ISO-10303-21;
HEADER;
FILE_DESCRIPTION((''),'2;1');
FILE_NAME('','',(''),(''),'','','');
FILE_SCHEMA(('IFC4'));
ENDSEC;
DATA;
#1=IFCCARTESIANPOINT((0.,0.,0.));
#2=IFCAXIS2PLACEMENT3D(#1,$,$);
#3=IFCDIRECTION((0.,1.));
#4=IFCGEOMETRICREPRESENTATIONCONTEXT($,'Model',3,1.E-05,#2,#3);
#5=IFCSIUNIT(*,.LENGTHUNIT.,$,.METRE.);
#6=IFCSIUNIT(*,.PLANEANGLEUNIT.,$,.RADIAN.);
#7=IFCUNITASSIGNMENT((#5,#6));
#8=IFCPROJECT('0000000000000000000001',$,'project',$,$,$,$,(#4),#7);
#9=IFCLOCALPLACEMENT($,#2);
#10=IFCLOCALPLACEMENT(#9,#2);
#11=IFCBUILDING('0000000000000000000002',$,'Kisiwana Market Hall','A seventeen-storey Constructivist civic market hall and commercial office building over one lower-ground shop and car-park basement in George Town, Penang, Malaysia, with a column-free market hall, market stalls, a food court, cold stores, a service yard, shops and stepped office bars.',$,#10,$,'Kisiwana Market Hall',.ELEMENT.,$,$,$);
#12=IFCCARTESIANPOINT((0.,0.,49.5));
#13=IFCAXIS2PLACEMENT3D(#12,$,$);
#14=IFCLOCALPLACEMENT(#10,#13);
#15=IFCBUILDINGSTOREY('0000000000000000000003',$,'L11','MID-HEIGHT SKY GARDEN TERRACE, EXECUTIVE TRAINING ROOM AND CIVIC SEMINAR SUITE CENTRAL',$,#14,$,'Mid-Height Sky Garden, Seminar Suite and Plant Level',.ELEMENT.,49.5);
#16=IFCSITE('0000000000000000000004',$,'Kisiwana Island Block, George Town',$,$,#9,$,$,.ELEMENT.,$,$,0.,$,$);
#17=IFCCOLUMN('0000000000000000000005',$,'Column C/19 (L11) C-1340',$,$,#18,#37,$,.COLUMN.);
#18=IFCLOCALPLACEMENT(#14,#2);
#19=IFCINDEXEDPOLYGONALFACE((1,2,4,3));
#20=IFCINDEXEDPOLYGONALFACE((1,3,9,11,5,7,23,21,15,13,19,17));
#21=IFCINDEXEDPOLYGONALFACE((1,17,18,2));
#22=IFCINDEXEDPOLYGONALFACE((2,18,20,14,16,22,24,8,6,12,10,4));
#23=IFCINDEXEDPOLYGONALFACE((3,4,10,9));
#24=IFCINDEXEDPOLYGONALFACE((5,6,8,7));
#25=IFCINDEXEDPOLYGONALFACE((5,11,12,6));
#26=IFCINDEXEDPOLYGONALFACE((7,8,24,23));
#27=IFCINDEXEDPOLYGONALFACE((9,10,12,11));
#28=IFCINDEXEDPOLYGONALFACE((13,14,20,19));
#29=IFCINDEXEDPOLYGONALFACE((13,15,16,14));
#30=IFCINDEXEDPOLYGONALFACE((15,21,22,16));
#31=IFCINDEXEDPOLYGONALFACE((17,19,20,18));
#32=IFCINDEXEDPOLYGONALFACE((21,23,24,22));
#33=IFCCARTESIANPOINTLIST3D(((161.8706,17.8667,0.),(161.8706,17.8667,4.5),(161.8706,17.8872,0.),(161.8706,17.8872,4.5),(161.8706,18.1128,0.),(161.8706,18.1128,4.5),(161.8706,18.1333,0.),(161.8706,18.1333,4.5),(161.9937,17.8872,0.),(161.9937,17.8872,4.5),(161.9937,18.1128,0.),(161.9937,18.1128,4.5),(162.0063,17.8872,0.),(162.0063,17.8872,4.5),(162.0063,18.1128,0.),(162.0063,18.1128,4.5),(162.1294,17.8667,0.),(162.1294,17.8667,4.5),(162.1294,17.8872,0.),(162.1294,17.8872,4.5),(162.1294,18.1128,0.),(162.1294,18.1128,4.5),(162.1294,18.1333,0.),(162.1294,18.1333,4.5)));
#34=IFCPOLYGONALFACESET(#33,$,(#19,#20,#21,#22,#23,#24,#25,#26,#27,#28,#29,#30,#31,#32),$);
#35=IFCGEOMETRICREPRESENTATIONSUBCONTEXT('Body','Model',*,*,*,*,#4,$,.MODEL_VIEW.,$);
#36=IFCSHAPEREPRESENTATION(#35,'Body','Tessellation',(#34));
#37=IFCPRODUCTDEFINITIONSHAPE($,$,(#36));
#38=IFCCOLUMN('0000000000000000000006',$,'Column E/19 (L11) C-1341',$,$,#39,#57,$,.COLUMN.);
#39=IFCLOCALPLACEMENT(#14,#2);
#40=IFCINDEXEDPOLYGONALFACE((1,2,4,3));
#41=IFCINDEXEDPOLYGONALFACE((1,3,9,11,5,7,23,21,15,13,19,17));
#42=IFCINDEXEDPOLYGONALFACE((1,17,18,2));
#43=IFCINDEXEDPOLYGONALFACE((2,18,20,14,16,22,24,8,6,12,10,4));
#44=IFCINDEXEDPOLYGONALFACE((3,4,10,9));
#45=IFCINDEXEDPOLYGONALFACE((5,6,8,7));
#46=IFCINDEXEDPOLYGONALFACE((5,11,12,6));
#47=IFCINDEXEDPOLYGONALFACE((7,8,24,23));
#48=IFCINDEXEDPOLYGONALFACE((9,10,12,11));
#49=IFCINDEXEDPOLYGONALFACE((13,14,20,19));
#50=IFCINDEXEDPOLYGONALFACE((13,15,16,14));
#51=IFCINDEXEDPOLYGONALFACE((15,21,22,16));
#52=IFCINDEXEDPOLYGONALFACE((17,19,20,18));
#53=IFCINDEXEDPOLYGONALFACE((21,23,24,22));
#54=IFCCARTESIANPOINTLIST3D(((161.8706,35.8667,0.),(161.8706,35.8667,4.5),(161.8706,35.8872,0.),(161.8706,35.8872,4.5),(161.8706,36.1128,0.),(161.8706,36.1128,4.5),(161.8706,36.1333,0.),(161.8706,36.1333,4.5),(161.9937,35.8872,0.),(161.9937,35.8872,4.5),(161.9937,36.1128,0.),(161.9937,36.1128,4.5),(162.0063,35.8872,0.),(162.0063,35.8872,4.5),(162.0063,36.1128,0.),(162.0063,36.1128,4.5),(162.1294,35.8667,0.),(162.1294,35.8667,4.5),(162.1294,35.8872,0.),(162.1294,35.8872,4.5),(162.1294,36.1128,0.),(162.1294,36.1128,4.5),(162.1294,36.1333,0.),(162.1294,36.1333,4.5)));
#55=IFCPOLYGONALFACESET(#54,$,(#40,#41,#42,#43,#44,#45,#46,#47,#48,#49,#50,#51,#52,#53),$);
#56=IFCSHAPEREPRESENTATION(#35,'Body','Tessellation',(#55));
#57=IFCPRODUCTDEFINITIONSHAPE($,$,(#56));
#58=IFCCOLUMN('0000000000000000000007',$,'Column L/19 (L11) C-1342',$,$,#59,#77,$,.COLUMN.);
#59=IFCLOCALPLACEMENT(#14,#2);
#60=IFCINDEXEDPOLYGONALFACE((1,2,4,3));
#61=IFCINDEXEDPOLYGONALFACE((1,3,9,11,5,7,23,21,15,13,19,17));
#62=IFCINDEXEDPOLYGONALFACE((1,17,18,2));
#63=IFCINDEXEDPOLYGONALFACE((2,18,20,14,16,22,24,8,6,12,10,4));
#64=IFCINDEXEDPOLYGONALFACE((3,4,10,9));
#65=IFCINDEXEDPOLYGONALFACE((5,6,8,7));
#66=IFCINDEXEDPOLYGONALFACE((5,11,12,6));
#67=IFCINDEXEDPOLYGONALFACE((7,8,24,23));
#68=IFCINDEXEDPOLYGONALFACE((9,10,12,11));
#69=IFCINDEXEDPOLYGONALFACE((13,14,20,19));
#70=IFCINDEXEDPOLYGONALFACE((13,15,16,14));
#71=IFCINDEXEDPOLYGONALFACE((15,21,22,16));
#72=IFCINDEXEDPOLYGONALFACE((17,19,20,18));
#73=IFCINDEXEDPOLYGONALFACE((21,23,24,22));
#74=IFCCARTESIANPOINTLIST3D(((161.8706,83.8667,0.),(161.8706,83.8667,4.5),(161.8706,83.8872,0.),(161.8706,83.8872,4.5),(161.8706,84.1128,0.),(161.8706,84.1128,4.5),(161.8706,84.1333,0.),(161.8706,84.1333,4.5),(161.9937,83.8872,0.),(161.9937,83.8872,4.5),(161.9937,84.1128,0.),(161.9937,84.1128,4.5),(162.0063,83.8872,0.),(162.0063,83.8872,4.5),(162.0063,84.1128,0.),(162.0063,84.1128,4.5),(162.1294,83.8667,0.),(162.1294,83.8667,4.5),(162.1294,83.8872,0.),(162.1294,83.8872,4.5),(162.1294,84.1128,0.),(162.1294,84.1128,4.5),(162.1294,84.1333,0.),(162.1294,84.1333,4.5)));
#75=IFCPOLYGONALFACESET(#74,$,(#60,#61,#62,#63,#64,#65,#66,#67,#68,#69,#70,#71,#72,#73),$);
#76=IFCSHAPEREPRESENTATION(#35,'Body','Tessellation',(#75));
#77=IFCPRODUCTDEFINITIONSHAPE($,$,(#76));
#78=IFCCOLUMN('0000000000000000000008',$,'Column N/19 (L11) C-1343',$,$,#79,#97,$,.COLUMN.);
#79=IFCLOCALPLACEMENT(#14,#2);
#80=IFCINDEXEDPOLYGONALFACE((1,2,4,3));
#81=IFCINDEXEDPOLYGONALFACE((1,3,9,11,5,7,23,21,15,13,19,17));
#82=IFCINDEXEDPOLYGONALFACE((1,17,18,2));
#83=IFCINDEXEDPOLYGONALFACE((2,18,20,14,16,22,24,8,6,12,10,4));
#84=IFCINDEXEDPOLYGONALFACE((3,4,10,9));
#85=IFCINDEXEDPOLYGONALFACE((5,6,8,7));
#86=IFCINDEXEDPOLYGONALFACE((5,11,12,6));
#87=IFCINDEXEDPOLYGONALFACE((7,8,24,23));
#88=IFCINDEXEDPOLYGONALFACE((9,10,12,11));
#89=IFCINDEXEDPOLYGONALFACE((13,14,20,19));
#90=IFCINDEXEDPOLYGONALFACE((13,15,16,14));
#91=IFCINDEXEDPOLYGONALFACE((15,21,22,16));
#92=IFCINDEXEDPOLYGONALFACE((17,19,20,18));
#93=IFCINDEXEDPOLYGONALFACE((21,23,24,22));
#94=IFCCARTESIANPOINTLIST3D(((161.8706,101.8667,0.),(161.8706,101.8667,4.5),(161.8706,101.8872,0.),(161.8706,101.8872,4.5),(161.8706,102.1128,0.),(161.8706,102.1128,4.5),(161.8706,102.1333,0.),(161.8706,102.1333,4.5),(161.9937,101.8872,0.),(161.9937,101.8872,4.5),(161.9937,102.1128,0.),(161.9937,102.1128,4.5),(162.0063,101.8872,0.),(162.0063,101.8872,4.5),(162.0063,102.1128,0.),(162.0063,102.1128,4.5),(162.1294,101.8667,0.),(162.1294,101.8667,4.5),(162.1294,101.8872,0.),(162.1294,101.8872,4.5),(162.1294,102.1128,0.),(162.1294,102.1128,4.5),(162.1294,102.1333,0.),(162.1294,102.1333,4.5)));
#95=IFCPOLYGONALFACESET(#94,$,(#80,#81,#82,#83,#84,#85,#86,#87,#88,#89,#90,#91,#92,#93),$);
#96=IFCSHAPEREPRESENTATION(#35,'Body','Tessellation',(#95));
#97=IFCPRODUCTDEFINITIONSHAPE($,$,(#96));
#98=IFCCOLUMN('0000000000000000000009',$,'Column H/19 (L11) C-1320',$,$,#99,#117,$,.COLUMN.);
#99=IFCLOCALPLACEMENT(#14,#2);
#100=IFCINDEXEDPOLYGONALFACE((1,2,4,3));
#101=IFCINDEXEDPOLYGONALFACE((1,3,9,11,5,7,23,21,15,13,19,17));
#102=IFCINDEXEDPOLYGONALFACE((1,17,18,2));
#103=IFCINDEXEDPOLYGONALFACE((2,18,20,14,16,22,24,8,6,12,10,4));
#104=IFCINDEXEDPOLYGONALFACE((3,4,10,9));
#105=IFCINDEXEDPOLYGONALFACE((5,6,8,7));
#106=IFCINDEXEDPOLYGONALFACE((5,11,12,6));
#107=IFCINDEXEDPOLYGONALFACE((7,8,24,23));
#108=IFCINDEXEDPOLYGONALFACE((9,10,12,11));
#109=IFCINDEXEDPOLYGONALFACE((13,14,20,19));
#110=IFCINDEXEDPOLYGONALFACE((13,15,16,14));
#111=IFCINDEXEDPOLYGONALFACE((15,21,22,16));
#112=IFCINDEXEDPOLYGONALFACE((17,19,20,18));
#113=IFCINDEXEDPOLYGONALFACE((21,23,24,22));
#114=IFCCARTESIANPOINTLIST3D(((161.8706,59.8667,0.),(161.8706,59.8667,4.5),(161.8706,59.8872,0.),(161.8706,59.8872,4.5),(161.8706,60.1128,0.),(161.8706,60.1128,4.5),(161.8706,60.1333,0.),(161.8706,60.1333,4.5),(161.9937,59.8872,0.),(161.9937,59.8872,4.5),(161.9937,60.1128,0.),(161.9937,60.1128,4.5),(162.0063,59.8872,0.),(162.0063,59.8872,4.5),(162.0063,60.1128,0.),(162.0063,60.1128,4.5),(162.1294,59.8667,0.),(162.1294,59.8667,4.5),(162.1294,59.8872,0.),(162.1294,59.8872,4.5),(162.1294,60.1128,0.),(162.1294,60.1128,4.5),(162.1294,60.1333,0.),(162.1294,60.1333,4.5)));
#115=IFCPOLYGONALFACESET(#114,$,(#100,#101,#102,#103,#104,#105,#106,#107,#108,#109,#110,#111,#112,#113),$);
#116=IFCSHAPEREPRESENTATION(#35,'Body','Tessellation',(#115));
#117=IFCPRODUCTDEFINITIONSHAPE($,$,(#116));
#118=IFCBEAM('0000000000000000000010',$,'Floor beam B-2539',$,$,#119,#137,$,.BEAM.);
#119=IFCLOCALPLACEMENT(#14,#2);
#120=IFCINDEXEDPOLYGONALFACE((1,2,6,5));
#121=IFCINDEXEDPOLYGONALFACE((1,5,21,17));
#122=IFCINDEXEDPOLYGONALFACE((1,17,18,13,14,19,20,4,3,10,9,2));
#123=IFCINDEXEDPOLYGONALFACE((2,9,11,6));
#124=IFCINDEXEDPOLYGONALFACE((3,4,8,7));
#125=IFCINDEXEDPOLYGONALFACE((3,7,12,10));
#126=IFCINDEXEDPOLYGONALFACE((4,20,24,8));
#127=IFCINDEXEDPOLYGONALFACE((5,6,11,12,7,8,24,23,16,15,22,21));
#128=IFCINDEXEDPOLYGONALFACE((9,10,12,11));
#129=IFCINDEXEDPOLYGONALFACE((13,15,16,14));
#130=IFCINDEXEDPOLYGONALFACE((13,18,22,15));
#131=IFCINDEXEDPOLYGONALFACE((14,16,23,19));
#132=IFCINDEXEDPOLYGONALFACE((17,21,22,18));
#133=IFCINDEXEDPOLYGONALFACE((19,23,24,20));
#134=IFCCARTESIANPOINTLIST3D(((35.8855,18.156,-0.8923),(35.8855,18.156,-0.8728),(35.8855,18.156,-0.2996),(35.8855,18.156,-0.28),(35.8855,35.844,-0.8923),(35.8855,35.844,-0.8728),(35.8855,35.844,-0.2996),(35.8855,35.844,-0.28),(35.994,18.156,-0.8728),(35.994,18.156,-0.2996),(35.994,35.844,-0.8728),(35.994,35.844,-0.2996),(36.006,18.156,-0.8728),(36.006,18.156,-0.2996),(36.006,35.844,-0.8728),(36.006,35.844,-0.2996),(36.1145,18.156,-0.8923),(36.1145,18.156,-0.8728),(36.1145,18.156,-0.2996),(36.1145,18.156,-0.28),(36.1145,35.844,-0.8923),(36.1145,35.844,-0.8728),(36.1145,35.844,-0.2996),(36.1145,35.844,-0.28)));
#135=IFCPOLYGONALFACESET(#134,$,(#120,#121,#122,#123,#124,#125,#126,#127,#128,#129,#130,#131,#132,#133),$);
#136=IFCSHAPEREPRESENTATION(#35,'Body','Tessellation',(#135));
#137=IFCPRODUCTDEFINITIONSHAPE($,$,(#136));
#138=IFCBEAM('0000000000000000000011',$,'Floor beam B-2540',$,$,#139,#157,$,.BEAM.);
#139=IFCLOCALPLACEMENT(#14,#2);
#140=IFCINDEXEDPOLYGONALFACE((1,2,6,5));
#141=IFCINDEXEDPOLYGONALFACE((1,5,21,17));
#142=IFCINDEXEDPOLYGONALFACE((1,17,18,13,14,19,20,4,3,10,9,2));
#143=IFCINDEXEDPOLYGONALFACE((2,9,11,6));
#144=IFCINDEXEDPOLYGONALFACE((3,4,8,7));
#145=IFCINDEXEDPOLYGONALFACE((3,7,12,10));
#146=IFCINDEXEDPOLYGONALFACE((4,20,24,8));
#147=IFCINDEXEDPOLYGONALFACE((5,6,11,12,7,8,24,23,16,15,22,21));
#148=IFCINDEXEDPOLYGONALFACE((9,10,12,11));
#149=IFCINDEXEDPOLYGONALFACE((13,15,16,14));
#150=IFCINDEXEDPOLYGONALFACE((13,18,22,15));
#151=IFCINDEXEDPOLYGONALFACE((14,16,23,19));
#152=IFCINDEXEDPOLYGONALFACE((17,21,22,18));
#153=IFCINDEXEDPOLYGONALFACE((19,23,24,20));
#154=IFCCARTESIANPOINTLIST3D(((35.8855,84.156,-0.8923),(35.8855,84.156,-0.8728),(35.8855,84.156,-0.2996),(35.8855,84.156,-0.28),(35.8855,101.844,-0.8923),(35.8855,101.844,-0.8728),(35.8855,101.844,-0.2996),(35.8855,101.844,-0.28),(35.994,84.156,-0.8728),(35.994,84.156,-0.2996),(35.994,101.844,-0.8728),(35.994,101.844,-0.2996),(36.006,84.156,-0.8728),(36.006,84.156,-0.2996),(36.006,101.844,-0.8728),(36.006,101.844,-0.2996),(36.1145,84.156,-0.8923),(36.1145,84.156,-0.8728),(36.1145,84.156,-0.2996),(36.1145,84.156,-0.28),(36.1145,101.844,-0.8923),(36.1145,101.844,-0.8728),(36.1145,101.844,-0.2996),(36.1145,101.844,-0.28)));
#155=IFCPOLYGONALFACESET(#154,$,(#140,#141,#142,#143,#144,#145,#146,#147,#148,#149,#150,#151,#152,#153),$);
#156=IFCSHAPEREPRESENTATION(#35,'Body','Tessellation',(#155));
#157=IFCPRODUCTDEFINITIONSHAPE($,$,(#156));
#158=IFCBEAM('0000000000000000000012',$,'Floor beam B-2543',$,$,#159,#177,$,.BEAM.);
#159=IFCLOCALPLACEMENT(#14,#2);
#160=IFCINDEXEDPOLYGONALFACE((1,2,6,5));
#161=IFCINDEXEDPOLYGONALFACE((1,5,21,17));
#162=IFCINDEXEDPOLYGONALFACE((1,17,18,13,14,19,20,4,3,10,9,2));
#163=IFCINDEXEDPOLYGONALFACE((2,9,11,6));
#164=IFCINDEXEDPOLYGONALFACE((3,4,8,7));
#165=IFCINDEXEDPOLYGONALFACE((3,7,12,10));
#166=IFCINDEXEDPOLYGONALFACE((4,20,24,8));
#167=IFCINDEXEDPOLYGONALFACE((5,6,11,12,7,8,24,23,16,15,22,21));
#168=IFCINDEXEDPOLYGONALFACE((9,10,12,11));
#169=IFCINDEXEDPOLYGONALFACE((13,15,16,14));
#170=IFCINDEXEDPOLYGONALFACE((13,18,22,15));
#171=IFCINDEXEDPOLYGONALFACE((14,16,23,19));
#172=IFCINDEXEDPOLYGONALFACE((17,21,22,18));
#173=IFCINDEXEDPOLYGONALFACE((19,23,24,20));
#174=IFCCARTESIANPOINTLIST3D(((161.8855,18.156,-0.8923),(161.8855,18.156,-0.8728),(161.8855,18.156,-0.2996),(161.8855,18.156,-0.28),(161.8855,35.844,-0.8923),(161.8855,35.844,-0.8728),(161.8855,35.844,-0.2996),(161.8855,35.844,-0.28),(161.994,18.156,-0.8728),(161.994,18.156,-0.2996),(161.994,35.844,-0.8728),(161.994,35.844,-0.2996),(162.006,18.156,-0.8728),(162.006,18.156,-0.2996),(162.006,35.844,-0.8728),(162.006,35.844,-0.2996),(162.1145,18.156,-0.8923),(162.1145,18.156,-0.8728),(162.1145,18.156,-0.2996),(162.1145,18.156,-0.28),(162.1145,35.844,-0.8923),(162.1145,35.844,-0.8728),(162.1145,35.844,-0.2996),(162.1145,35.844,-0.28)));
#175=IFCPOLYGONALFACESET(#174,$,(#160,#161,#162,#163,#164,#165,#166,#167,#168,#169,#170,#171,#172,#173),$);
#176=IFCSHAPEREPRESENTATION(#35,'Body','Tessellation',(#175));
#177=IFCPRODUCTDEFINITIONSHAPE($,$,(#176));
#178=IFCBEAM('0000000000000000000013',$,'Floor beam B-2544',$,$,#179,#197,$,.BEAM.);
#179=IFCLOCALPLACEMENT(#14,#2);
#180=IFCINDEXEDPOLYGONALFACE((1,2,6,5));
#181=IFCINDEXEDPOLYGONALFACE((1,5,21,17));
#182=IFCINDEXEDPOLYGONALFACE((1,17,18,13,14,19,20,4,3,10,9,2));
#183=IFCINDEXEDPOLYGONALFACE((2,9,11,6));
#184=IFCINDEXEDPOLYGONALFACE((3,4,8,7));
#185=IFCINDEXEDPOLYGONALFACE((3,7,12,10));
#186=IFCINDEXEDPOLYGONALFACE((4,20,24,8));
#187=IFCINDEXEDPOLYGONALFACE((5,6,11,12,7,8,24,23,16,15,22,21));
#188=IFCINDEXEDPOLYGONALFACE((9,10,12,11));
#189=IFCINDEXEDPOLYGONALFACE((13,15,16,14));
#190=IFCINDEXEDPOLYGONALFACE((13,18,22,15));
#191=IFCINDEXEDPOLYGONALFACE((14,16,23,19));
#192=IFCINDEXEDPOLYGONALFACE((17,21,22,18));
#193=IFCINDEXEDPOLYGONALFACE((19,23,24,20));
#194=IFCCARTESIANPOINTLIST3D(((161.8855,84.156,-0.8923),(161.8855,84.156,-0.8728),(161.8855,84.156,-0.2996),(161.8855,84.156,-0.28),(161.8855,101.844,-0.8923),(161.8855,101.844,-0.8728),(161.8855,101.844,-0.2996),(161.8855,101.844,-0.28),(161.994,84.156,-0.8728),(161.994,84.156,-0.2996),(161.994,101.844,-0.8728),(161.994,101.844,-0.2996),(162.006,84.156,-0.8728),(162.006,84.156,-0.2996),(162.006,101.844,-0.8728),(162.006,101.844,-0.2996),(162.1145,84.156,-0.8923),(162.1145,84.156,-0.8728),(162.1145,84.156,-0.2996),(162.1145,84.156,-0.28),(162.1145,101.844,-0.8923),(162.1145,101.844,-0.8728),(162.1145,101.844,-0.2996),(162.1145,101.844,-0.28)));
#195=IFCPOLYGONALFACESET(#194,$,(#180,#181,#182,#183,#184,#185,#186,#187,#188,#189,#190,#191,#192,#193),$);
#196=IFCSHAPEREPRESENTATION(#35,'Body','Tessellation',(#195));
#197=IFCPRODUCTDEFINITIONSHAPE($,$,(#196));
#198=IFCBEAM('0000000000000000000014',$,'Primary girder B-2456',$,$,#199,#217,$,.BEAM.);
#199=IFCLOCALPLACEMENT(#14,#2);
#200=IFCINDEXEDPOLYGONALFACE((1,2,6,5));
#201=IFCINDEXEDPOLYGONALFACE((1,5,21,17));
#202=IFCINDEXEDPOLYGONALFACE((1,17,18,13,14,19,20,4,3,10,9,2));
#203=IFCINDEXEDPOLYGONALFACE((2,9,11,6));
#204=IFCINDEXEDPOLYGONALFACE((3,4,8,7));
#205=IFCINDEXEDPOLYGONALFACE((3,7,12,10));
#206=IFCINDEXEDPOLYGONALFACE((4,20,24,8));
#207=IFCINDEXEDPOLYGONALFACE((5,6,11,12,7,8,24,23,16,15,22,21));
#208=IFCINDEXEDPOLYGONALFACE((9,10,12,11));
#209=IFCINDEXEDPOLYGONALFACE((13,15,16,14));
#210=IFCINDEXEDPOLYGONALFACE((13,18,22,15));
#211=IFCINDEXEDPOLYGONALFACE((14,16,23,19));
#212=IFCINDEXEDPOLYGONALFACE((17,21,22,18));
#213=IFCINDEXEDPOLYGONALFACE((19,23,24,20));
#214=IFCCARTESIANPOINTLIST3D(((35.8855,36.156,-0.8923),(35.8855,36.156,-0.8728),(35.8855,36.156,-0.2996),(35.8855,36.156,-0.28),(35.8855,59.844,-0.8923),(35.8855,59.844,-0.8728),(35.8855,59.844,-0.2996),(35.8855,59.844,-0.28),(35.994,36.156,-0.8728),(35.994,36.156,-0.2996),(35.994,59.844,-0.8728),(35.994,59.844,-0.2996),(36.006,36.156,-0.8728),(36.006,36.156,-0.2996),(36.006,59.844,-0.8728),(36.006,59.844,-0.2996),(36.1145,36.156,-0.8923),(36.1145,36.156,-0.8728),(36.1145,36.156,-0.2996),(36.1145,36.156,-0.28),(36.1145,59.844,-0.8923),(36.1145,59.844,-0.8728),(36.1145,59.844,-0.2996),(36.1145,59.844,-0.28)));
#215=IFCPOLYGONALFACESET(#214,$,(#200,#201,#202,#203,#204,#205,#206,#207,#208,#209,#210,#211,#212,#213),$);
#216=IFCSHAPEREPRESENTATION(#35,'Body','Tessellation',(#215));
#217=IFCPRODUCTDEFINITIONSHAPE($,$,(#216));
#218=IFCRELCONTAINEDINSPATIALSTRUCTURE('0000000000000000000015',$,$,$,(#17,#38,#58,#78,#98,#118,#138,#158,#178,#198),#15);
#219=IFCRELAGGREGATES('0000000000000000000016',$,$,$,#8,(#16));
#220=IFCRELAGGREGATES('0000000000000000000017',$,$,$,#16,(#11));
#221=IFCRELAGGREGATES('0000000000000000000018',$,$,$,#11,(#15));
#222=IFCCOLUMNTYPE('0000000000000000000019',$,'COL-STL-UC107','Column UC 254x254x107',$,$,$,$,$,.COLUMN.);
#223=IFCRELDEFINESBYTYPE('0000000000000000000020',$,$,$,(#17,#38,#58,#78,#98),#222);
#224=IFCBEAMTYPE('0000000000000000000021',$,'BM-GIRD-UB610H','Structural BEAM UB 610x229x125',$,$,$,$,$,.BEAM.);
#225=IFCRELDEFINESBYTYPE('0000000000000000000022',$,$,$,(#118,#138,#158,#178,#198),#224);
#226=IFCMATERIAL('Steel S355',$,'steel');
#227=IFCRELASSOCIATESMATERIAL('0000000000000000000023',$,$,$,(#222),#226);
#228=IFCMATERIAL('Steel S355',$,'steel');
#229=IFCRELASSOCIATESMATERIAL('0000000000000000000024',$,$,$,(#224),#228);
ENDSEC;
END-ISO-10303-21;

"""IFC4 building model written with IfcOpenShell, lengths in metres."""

from ifc_helpers import new_model, si_unit, direction, frame, origin, origin_2d, place, context, subcontext, project, spatial, i_section, extrude, material, material_profile, profile_set, type_object, element, save


model = new_model("IFC4")

# Units and contexts
model_context = context("Model", 3, precision=1e-05, world=origin(), true_north=direction((0.0, 1.0)))
body_context = subcontext(model_context, "Body", "Model", "MODEL_VIEW")
ifc_project = project(units=[si_unit("LENGTHUNIT", "METRE"), si_unit("PLANEANGLEUNIT", "RADIAN")], contexts=[model_context])

# Site, building, storey
site_placement = place(None, origin())
site = spatial("IfcSite", under=ifc_project, at=site_placement, Name="Kisiwana Island Block, George Town", CompositionType="ELEMENT", RefElevation=0.0)
building_placement = place(site_placement, origin())
building = spatial("IfcBuilding", under=site, at=building_placement, Name="Kisiwana Market Hall", Description="A seventeen-storey Constructivist civic market hall and commercial office building over one lower-ground shop and car-park basement in George Town, Penang, Malaysia, with a column-free market hall, market stalls, a food court, cold stores, a service yard, shops and stepped office bars.", LongName="Kisiwana Market Hall", CompositionType="ELEMENT")
storey_placement = place(building_placement, frame((0.0, 0.0, 49.5)))
storey = spatial("IfcBuildingStorey", under=building, at=storey_placement, Name="L11", Description="MID-HEIGHT SKY GARDEN TERRACE, EXECUTIVE TRAINING ROOM AND CIVIC SEMINAR SUITE CENTRAL", LongName="Mid-Height Sky Garden, Seminar Suite and Plant Level", CompositionType="ELEMENT", Elevation=49.5)

# Columns
ifc_material_1 = material(Name="Steel S355", Category="steel")
ifc_material_profile_1 = material_profile(ifc_material_1, i_section(OverallWidth=0.2588, OverallDepth=0.2666, WebThickness=0.0127, FlangeThickness=0.0205, at=origin_2d()), Name="UC 254x254x107")
ifc_profile_set_1 = profile_set([ifc_material_profile_1], Name="Steel S355")
column_type = type_object("IfcColumnType", Name="COL-STL-UC107", Description="Column UC 254x254x107", PredefinedType="COLUMN", material=ifc_profile_set_1)
for number, where, z_axis, x_axis, name in (
    (1, (162.0, 18.0, 0.0), (0.0, 0.0, 1.0), (1.0, 0.0, 0.0), "Column C/19 (L11) C-1340"),
    (2, (162.0, 36.0, 0.0), (0.0, 0.0, 1.0), (1.0, 0.0, 0.0), "Column E/19 (L11) C-1341"),
    (3, (162.0, 84.0, 0.0), (0.0, 0.0, 1.0), (1.0, 0.0, 0.0), "Column L/19 (L11) C-1342"),
    (4, (162.0, 102.0, 0.0), (0.0, 0.0, 1.0), (1.0, 0.0, 0.0), "Column N/19 (L11) C-1343"),
    (5, (162.0, 60.0, 0.0), (0.0, 0.0, 1.0), (1.0, 0.0, 0.0), "Column H/19 (L11) C-1320"),
):
    element("IfcColumn", number, at=place(storey_placement, frame(where, z_axis=z_axis, x_axis=x_axis)), inside=storey, type_object=column_type, Name=name, PredefinedType="COLUMN", context=body_context, shape_type="SweptSolid", body=[
        extrude(i_section(OverallWidth=0.2588, OverallDepth=0.2666, WebThickness=0.0127, FlangeThickness=0.0205, at=origin_2d()), origin(), (0.0, 0.0, 1.0), 4.5),
    ])

# Beams
ifc_material_2 = material(Name="Steel S355", Category="steel")
ifc_material_profile_2 = material_profile(ifc_material_2, i_section(OverallWidth=0.229, OverallDepth=0.6123, WebThickness=0.012, FlangeThickness=0.0195, at=origin_2d()), Name="UB 610x229x125")
ifc_profile_set_2 = profile_set([ifc_material_profile_2], Name="Steel S355")
beam_type_1 = type_object("IfcBeamType", Name="BM-GIRD-UB610H", Description="Structural BEAM UB 610x229x125", PredefinedType="BEAM", material=ifc_profile_set_2)
for number, where, z_axis, x_axis, name in (
    (6, (36.0, 18.156, -0.5862), (0.0, 1.0, 0.0), (-1.0, 0.0, 0.0), "Floor beam B-2539"),
    (7, (36.0, 84.156, -0.5862), (0.0, 1.0, 0.0), (-1.0, 0.0, 0.0), "Floor beam B-2540"),
    (8, (162.0, 18.156, -0.5862), (0.0, 1.0, 0.0), (-1.0, 0.0, 0.0), "Floor beam B-2543"),
    (9, (162.0, 84.156, -0.5862), (0.0, 1.0, 0.0), (-1.0, 0.0, 0.0), "Floor beam B-2544"),
):
    element("IfcBeam", number, at=place(storey_placement, frame(where, z_axis=z_axis, x_axis=x_axis)), inside=storey, type_object=beam_type_1, Name=name, PredefinedType="BEAM", context=body_context, shape_type="SweptSolid", body=[
        extrude(i_section(OverallWidth=0.229, OverallDepth=0.6123, WebThickness=0.012, FlangeThickness=0.0195, at=origin_2d()), origin(), (0.0, 0.0, 1.0), 17.688),
    ])
for number, where, z_axis, x_axis, name in (
    (10, (36.0, 36.156, -0.5862), (0.0, 1.0, 0.0), (-1.0, 0.0, 0.0), "Primary girder B-2456"),
):
    element("IfcBeam", number, at=place(storey_placement, frame(where, z_axis=z_axis, x_axis=x_axis)), inside=storey, type_object=beam_type_1, Name=name, PredefinedType="BEAM", context=body_context, shape_type="SweptSolid", body=[
        extrude(i_section(OverallWidth=0.229, OverallDepth=0.6123, WebThickness=0.012, FlangeThickness=0.0195, at=origin_2d()), origin(), (0.0, 0.0, 1.0), 23.688),
    ])

save(model, "model.ifc")
